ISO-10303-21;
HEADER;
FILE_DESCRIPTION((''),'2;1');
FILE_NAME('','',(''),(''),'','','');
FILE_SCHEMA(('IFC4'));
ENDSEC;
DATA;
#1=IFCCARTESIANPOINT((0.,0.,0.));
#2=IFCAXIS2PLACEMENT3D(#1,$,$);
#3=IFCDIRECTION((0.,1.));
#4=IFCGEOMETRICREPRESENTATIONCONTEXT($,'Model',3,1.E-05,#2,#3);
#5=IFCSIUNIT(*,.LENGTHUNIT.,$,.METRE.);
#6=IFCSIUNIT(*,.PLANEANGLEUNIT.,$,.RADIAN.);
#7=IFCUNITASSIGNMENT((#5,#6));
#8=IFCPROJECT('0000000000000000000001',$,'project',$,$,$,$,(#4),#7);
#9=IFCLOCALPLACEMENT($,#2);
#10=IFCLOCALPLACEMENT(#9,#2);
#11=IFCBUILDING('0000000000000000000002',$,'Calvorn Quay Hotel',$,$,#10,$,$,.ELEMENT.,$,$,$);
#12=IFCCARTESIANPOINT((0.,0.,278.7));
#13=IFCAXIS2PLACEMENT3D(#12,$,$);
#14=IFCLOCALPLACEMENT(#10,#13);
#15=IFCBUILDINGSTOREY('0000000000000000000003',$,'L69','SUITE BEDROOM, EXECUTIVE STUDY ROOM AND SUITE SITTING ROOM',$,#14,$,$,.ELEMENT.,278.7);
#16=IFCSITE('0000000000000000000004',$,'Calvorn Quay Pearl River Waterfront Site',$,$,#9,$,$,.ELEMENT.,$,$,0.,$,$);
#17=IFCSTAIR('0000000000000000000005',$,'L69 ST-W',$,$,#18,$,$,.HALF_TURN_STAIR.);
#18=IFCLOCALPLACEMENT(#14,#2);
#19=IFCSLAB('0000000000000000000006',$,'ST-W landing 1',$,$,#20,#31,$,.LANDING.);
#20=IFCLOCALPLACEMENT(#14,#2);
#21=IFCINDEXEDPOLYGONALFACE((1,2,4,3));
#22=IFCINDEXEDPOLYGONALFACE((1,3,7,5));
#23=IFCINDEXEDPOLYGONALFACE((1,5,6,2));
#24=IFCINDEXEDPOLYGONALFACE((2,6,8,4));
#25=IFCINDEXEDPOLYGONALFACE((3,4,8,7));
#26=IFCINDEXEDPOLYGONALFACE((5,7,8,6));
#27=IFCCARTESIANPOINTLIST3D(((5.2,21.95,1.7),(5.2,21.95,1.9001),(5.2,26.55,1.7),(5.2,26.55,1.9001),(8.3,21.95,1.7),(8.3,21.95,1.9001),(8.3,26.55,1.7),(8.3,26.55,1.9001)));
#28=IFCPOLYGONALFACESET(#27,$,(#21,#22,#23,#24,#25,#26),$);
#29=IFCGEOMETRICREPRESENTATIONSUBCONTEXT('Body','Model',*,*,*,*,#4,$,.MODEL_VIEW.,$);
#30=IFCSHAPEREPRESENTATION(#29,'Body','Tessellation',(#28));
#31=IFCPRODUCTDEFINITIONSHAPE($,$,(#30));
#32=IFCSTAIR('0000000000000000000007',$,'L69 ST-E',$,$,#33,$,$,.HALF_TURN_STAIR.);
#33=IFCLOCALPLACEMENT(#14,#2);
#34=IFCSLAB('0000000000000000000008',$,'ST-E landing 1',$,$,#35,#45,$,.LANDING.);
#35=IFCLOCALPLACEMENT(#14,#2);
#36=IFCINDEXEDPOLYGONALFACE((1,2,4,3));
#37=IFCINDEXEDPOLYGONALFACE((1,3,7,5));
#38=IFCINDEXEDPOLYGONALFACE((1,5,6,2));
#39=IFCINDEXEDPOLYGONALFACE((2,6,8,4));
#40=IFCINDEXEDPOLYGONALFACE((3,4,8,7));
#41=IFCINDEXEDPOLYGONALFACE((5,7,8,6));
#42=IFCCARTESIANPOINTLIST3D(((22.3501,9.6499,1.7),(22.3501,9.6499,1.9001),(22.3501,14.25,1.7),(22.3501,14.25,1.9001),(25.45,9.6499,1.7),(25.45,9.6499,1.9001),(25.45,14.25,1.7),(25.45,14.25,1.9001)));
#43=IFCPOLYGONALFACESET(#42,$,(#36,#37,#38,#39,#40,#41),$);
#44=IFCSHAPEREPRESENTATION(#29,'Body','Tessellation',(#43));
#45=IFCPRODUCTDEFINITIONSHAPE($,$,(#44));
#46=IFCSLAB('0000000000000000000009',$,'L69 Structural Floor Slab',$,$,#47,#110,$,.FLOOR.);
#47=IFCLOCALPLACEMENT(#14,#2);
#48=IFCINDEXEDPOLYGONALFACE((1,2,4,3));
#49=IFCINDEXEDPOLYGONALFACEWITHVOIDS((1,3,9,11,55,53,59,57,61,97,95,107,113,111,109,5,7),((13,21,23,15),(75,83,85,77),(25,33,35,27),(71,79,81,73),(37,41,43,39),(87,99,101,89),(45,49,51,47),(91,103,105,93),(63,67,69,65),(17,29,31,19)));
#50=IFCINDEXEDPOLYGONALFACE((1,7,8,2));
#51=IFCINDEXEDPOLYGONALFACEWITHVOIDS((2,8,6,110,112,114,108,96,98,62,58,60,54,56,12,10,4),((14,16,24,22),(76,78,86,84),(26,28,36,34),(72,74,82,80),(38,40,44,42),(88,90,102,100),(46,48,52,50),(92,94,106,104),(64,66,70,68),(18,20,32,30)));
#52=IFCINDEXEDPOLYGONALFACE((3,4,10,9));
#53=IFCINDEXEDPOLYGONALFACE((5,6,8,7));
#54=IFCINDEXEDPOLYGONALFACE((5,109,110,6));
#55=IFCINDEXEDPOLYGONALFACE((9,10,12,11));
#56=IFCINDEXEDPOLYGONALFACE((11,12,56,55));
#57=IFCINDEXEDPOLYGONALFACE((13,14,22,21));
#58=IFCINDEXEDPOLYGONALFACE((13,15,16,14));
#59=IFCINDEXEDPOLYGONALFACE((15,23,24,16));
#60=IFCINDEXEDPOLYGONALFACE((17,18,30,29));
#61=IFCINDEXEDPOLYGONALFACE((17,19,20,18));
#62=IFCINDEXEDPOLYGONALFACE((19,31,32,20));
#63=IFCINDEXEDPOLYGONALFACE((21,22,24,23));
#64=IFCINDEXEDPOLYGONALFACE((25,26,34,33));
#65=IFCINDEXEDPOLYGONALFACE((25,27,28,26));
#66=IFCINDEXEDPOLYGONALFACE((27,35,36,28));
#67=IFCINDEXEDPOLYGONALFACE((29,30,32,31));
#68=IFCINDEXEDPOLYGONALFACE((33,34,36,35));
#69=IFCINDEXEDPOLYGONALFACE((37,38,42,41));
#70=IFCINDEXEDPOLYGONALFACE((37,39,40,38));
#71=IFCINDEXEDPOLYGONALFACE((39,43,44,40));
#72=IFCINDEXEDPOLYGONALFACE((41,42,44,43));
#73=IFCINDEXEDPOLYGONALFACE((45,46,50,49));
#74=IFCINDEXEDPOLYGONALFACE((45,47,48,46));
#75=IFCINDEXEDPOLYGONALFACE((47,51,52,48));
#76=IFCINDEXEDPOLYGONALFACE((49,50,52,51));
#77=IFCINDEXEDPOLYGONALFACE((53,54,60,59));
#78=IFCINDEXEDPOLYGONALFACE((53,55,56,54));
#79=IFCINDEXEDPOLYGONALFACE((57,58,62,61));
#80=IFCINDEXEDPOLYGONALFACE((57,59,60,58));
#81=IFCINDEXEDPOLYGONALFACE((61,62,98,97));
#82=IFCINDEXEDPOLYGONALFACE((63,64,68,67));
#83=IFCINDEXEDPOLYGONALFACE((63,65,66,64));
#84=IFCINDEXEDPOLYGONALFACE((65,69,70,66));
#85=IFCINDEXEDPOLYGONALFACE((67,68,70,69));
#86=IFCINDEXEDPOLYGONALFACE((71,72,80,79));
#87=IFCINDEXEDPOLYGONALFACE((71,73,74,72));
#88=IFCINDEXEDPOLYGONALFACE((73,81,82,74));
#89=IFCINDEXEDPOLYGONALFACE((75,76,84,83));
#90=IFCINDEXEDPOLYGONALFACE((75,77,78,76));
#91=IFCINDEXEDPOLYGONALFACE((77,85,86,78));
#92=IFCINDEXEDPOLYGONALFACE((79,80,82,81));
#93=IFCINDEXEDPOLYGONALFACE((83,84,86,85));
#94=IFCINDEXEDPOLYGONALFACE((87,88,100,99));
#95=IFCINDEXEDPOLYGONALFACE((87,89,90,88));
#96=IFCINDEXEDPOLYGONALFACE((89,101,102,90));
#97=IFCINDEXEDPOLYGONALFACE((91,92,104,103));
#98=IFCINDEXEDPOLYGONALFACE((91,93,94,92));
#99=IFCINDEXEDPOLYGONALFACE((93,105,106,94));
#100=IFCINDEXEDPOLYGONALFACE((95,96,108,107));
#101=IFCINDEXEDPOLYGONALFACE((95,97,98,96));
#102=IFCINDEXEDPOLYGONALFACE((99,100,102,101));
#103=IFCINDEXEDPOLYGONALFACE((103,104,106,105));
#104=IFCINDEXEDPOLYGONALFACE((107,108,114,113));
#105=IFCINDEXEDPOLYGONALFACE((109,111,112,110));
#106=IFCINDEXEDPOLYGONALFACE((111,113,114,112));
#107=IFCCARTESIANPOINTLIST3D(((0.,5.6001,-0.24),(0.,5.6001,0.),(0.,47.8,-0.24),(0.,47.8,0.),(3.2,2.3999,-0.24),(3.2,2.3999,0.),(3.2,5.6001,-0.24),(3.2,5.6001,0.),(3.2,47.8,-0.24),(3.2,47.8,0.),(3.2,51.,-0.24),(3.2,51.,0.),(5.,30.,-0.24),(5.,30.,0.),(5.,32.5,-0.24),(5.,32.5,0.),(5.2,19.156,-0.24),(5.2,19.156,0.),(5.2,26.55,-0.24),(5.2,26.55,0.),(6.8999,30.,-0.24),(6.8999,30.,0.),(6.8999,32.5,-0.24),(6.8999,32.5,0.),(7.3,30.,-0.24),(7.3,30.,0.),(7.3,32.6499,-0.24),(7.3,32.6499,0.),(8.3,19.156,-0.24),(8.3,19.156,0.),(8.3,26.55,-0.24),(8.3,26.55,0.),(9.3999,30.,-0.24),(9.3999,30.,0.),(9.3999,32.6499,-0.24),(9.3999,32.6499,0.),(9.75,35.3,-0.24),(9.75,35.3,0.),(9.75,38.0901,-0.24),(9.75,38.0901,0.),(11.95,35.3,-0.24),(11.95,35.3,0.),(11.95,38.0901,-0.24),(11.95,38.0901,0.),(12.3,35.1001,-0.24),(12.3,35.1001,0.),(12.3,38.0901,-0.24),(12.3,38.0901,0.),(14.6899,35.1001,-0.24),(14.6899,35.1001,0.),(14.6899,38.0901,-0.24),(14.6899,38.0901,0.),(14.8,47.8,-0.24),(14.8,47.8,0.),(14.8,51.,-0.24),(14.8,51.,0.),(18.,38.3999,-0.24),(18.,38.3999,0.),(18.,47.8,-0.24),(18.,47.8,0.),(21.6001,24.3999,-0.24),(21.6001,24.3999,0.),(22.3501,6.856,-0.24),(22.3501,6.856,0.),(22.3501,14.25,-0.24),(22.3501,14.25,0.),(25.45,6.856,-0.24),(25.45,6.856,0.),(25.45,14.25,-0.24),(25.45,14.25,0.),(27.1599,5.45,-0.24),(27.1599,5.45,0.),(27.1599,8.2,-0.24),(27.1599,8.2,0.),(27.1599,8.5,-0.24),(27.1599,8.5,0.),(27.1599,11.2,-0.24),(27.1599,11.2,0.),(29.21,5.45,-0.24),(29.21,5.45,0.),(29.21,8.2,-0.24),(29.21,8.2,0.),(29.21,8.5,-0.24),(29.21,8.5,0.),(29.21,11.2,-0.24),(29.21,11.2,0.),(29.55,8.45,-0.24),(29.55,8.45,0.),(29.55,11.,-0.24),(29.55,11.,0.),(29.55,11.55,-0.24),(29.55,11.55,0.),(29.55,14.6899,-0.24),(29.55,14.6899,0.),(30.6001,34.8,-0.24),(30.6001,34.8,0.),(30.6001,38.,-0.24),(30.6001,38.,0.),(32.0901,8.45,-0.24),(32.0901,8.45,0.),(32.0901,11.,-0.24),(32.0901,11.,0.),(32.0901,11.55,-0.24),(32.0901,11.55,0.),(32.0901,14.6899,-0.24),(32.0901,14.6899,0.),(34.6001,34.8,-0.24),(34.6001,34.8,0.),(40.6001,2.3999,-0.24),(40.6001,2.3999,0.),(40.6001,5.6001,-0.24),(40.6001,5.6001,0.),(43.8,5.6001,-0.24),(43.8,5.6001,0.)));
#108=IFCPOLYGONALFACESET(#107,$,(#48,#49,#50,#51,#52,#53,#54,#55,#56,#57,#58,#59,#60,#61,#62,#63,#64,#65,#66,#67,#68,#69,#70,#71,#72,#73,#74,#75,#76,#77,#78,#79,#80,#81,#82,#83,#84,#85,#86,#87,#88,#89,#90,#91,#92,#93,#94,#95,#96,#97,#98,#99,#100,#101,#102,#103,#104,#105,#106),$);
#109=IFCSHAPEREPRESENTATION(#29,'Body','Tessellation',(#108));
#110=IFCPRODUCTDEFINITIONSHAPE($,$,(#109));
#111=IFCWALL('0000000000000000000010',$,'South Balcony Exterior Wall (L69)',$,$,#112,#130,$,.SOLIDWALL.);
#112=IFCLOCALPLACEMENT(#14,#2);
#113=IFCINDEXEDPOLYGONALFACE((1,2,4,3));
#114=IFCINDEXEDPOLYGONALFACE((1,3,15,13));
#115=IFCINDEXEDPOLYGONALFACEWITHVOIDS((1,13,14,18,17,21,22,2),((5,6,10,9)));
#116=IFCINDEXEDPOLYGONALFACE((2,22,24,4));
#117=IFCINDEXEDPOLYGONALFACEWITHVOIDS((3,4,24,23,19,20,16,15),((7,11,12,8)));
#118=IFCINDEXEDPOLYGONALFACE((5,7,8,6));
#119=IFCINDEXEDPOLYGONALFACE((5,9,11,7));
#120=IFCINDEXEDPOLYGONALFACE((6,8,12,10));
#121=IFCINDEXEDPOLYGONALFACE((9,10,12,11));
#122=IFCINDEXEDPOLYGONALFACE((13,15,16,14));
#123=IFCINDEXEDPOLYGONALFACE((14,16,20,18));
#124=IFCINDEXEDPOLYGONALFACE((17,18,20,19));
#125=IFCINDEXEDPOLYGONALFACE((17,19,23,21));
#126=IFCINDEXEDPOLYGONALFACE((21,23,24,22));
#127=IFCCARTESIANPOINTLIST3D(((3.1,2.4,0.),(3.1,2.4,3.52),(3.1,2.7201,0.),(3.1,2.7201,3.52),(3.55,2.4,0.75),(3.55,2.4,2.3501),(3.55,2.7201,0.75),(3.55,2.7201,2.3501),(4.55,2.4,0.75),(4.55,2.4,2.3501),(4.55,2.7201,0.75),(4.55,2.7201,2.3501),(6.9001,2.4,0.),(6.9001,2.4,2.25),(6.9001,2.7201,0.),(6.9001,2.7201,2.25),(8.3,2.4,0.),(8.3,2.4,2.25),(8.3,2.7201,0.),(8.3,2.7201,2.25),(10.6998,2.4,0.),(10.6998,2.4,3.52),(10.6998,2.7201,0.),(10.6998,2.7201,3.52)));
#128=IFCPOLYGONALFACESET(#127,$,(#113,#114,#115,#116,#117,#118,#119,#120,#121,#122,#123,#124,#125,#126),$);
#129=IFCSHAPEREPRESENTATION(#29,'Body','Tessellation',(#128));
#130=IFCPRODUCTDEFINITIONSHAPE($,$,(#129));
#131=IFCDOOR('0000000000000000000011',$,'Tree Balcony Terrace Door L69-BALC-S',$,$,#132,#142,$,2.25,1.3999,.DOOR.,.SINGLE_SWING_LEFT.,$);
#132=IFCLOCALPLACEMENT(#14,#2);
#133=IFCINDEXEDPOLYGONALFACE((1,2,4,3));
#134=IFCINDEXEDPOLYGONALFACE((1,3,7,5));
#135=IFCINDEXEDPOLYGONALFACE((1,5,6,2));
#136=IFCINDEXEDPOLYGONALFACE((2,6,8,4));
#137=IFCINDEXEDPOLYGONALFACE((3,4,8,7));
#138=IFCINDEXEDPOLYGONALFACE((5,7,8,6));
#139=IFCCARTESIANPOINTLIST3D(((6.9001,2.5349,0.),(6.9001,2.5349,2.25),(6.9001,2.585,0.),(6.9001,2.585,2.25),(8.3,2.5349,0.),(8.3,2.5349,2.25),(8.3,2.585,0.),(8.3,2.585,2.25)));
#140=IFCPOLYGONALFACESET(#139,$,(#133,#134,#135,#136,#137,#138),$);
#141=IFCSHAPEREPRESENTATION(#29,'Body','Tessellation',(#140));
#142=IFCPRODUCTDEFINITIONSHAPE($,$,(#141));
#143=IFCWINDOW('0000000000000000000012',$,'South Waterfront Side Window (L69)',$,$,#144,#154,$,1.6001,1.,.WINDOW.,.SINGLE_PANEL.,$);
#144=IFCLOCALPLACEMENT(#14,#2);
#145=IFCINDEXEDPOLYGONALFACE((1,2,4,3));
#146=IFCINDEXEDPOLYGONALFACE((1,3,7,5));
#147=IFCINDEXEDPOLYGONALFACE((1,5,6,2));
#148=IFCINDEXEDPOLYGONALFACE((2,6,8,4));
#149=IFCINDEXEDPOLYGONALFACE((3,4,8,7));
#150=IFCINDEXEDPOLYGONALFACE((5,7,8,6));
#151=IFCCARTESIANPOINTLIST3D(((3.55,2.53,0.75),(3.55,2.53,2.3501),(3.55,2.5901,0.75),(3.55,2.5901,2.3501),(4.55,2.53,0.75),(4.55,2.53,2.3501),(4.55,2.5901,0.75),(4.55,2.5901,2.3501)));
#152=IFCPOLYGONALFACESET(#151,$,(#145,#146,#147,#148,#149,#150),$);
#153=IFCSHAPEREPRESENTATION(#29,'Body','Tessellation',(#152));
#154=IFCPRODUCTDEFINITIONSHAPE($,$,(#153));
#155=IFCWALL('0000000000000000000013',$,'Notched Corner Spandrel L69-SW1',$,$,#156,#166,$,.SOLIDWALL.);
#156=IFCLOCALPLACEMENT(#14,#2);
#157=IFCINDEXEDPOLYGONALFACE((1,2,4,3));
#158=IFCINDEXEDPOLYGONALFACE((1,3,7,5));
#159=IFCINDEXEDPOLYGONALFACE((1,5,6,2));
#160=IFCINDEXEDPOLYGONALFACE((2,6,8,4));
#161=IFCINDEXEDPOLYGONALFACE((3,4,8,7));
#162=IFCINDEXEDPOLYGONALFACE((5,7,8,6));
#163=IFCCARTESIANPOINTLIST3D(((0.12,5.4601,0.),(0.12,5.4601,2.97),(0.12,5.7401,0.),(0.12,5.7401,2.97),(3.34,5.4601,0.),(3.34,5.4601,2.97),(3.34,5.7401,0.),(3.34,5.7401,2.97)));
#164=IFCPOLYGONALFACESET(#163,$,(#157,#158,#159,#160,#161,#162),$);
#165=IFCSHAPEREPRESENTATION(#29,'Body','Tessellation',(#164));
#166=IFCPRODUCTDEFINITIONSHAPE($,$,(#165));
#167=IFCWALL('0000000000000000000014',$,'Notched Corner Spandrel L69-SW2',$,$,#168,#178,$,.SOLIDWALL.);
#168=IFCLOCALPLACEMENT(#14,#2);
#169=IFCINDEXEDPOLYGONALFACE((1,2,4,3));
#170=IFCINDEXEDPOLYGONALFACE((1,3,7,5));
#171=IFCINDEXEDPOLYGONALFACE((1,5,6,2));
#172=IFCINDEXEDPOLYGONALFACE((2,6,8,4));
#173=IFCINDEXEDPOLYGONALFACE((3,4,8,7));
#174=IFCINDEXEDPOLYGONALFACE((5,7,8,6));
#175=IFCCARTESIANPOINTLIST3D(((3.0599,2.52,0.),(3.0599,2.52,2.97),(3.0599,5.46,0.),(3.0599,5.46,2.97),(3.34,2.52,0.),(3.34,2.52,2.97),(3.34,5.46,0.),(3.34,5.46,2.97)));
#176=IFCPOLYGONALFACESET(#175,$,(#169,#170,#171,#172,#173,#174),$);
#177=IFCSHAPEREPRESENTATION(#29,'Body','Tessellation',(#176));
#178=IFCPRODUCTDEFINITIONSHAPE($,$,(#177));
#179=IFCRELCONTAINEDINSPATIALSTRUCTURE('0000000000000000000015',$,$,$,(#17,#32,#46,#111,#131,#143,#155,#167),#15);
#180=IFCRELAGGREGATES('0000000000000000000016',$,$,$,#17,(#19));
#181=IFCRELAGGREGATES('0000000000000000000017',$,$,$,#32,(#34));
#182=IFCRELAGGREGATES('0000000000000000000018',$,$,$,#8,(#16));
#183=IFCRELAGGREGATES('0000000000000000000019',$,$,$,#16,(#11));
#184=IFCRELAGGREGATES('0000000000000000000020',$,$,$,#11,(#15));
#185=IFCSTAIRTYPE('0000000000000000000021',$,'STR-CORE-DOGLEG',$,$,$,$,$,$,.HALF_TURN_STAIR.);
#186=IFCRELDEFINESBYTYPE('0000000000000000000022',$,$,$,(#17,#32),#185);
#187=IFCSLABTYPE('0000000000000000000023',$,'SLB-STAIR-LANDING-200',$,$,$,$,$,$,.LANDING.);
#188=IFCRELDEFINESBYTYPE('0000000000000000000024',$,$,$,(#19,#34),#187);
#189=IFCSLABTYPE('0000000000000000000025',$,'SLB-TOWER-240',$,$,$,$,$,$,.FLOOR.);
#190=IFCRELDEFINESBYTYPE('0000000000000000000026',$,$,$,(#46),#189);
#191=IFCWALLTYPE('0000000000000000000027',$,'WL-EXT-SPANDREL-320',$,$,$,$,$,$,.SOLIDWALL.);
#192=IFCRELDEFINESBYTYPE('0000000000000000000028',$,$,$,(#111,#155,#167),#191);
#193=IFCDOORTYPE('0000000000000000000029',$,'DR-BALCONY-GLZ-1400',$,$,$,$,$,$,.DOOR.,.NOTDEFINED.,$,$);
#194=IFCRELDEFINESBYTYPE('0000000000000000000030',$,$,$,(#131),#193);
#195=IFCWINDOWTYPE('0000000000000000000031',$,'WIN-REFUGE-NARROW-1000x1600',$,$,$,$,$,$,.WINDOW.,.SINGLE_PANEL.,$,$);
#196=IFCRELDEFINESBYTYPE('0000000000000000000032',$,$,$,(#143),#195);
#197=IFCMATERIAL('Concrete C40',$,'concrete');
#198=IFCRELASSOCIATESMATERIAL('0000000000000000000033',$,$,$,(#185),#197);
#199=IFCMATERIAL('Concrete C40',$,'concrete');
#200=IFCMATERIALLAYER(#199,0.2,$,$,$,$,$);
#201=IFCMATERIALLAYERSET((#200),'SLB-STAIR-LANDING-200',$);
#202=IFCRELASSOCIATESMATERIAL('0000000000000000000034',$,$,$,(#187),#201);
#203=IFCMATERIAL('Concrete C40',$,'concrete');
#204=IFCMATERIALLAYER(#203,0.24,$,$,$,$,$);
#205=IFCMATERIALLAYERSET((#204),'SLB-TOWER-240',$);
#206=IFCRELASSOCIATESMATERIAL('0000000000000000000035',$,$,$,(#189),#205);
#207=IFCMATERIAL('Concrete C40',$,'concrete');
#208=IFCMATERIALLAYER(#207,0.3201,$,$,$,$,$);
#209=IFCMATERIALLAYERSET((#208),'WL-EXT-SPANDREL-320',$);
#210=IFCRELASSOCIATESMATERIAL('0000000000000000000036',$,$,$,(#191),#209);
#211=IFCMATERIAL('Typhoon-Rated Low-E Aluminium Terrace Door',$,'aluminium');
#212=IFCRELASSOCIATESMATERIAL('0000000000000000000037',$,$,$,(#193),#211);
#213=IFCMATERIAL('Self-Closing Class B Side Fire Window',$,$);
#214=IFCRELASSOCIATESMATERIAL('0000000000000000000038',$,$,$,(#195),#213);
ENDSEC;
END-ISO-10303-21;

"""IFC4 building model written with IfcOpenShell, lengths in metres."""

from ifc_helpers import new_model, si_unit, direction, frame, frame_2d, origin, place, context, subcontext, project, spatial, polyline, rectangle, outline, extrude, material, layer, layer_set, type_object, element, fill, aggregate, save


model = new_model("IFC4")

# Units and contexts
model_context = context("Model", 3, precision=1e-05, world=origin(), true_north=direction((0.0, 1.0)))
body_context = subcontext(model_context, "Body", "Model", "MODEL_VIEW")
ifc_project = project(units=[si_unit("LENGTHUNIT", "METRE"), si_unit("PLANEANGLEUNIT", "RADIAN")], contexts=[model_context])

# Site, building, storey
site_placement = place(None, origin())
site = spatial("IfcSite", under=ifc_project, at=site_placement, Name="Calvorn Quay Pearl River Waterfront Site", CompositionType="ELEMENT", RefElevation=0.0)
building_placement = place(site_placement, origin())
building = spatial("IfcBuilding", under=site, at=building_placement, Name="Calvorn Quay Hotel", CompositionType="ELEMENT")
storey_placement = place(building_placement, frame((0.0, 0.0, 278.7)))
storey = spatial("IfcBuildingStorey", under=building, at=storey_placement, Name="L69", Description="SUITE BEDROOM, EXECUTIVE STUDY ROOM AND SUITE SITTING ROOM", CompositionType="ELEMENT", Elevation=278.7)

# Stairs, slabs
ifc_material_1 = material(Name="Concrete C40", Category="concrete")
stair_type = type_object("IfcStairType", Name="STR-CORE-DOGLEG", PredefinedType="HALF_TURN_STAIR", material=ifc_material_1)
stair_1_placement = place(storey_placement, origin())
stair_1 = element("IfcStair", 1, at=stair_1_placement, inside=storey, type_object=stair_type, Name="L69 ST-W", PredefinedType="HALF_TURN_STAIR")
ifc_material_2 = material(Name="Concrete C40", Category="concrete")
ifc_layer_1 = layer(ifc_material_2, 0.2)
ifc_layer_set_1 = layer_set([ifc_layer_1], Name="SLB-STAIR-LANDING-200")
slab_type_1 = type_object("IfcSlabType", Name="SLB-STAIR-LANDING-200", PredefinedType="LANDING", material=ifc_layer_set_1)
slab_1_placement = place(storey_placement, frame((0.0, 0.0, 1.7)))
slab_1 = element("IfcSlab", 2, at=slab_1_placement, type_object=slab_type_1, Name="ST-W landing 1", PredefinedType="LANDING", context=body_context, shape_type="SweptSolid", body=[
    extrude(outline(polyline([(8.3, 21.95), (8.3, 26.55), (5.2, 26.55), (5.2, 21.95), (8.3, 21.95)])), origin(), (0.0, 0.0, 1.0), 0.2002),
])
aggregate(stair_1, [slab_1])
stair_2_placement = place(storey_placement, origin())
stair_2 = element("IfcStair", 3, at=stair_2_placement, inside=storey, type_object=stair_type, Name="L69 ST-E", PredefinedType="HALF_TURN_STAIR")
slab_2_placement = place(storey_placement, frame((0.0, 0.0, 1.7)))
slab_2 = element("IfcSlab", 4, at=slab_2_placement, type_object=slab_type_1, Name="ST-E landing 1", PredefinedType="LANDING", context=body_context, shape_type="SweptSolid", body=[
    extrude(outline(polyline([(25.45, 9.6499), (25.45, 14.25), (22.3501, 14.25), (22.3501, 9.6499), (25.45, 9.6499)])), origin(), (0.0, 0.0, 1.0), 0.2002),
])
aggregate(stair_2, [slab_2])

# Slab
ifc_material_3 = material(Name="Concrete C40", Category="concrete")
ifc_layer_2 = layer(ifc_material_3, 0.24)
ifc_layer_set_2 = layer_set([ifc_layer_2], Name="SLB-TOWER-240")
slab_type_2 = type_object("IfcSlabType", Name="SLB-TOWER-240", PredefinedType="FLOOR", material=ifc_layer_set_2)
slab_3_placement = place(storey_placement, frame((0.0, 0.0, -0.24)))
element("IfcSlab", 5, at=slab_3_placement, inside=storey, type_object=slab_type_2, Name="L69 Structural Floor Slab", PredefinedType="FLOOR", context=body_context, shape_type="SweptSolid", body=[
    extrude(outline(polyline([(0.0, 5.6001), (3.2, 5.6001), (3.2, 2.3999), (40.6001, 2.3999), (40.6001, 5.6001), (43.8, 5.6001), (34.6001, 34.8), (30.6001, 34.8), (30.6001, 38.0), (21.6001, 24.3999), (18.0, 38.3999), (18.0, 47.8), (14.8, 47.8), (14.8, 51.0), (3.2, 51.0), (3.2, 47.8), (0.0, 47.8), (0.0, 5.6001)]), holes=[polyline([(5.2, 19.156), (8.3, 19.156), (8.3, 26.55), (5.2, 26.55), (5.2, 19.156)]), polyline([(22.3501, 6.856), (25.45, 6.856), (25.45, 14.25), (22.3501, 14.25), (22.3501, 6.856)]), polyline([(5.0, 30.0), (6.8999, 30.0), (6.8999, 32.5), (5.0, 32.5), (5.0, 30.0)]), polyline([(7.3, 30.0), (9.3999, 30.0), (9.3999, 32.6499), (7.3, 32.6499), (7.3, 30.0)]), polyline([(27.1599, 8.5), (29.21, 8.5), (29.21, 11.2), (27.1599, 11.2), (27.1599, 8.5)]), polyline([(27.1599, 5.45), (29.21, 5.45), (29.21, 8.2), (27.1599, 8.2), (27.1599, 5.45)]), polyline([(12.3, 35.1001), (14.6899, 35.1001), (14.6899, 38.0901), (12.3, 38.0901), (12.3, 35.1001)]), polyline([(9.75, 35.3), (11.95, 35.3), (11.95, 38.0901), (9.75, 38.0901), (9.75, 35.3)]), polyline([(29.55, 11.55), (32.0901, 11.55), (32.0901, 14.6899), (29.55, 14.6899), (29.55, 11.55)]), polyline([(29.55, 8.45), (32.0901, 8.45), (32.0901, 11.0), (29.55, 11.0), (29.55, 8.45)])]), origin(), (0.0, 0.0, 1.0), 0.24),
])

# Wall, openings, door, window
ifc_material_4 = material(Name="Concrete C40", Category="concrete")
ifc_layer_3 = layer(ifc_material_4, 0.3201)
ifc_layer_set_3 = layer_set([ifc_layer_3], Name="WL-EXT-SPANDREL-320")
wall_type = type_object("IfcWallType", Name="WL-EXT-SPANDREL-320", PredefinedType="SOLIDWALL", material=ifc_layer_set_3)
wall_1_placement = place(storey_placement, frame((3.1001, 2.5601, 0.0), z_axis=(0.0, 0.0, 1.0), x_axis=(1.0, 0.0, 0.0)))
wall_1 = element("IfcWall", 6, at=wall_1_placement, inside=storey, type_object=wall_type, Name="South Balcony Exterior Wall (L69)", PredefinedType="SOLIDWALL", context=body_context, shape_type="SweptSolid", body=[
    extrude(rectangle(XDim=7.5999, YDim=0.3201, at=frame_2d((3.7998, 0.0))), origin(), (0.0, 0.0, 1.0), 3.52),
])
opening_1_placement = place(wall_1_placement, frame((0.45, 0.0, 0.75)))
opening_1 = element("IfcOpeningElement", 7, at=opening_1_placement, cuts=wall_1, PredefinedType="OPENING", context=body_context, shape_type="SweptSolid", body=[
    extrude(rectangle(XDim=1.0, YDim=1.6001, at=frame_2d((0.5, 0.8))), frame((0.0, 0.1699, 0.0), z_axis=(0.0, -1.0, 0.0), x_axis=(1.0, 0.0, 0.0)), (0.0, 0.0, 1.0), 0.3401),
])
opening_2_placement = place(wall_1_placement, frame((3.8, 0.0, 0.0)))
opening_2 = element("IfcOpeningElement", 8, at=opening_2_placement, cuts=wall_1, PredefinedType="OPENING", context=body_context, shape_type="SweptSolid", body=[
    extrude(rectangle(XDim=1.3999, YDim=2.25, at=frame_2d((0.7, 1.125))), frame((0.0, 0.1699, 0.0), z_axis=(0.0, -1.0, 0.0), x_axis=(1.0, 0.0, 0.0)), (0.0, 0.0, 1.0), 0.3401),
])
ifc_material_5 = material(Name="Typhoon-Rated Low-E Aluminium Terrace Door", Category="aluminium")
door_type = type_object("IfcDoorType", Name="DR-BALCONY-GLZ-1400", OperationType="NOTDEFINED", PredefinedType="DOOR", material=ifc_material_5)
door_placement = place(opening_2_placement, origin())
door = element("IfcDoor", 9, at=door_placement, inside=storey, type_object=door_type, Name="Tree Balcony Terrace Door L69-BALC-S", OperationType="SINGLE_SWING_LEFT", OverallHeight=2.25, OverallWidth=1.3999, PredefinedType="DOOR", context=body_context, shape_type="SweptSolid", body=[
    extrude(rectangle(XDim=1.3999, YDim=2.25, at=frame_2d((0.7, 1.125))), frame((0.0, 0.0249, 0.0), z_axis=(0.0, -1.0, 0.0), x_axis=(1.0, 0.0, 0.0)), (0.0, 0.0, 1.0), 0.05),
])
fill(opening_2, door)
ifc_material_6 = material(Name="Self-Closing Class B Side Fire Window")
window_type = type_object("IfcWindowType", Name="WIN-REFUGE-NARROW-1000x1600", PartitioningType="SINGLE_PANEL", PredefinedType="WINDOW", material=ifc_material_6)
window_placement = place(opening_1_placement, origin())
window = element("IfcWindow", 10, at=window_placement, inside=storey, type_object=window_type, Name="South Waterfront Side Window (L69)", OverallHeight=1.6001, OverallWidth=1.0, PartitioningType="SINGLE_PANEL", PredefinedType="WINDOW", context=body_context, shape_type="SweptSolid", body=[
    extrude(rectangle(XDim=1.0, YDim=1.6001, at=frame_2d((0.5, 0.8))), frame((0.0, 0.03, 0.0), z_axis=(0.0, -1.0, 0.0), x_axis=(1.0, 0.0, 0.0)), (0.0, 0.0, 1.0), 0.0601),
])
fill(opening_1, window)

# Walls
wall_2_placement = place(storey_placement, frame((0.1201, 5.6001, 0.0), z_axis=(0.0, 0.0, 1.0), x_axis=(1.0, 0.0, 0.0)))
element("IfcWall", 11, at=wall_2_placement, inside=storey, type_object=wall_type, Name="Notched Corner Spandrel L69-SW1", PredefinedType="SOLIDWALL", context=body_context, shape_type="SweptSolid", body=[
    extrude(rectangle(XDim=3.22, YDim=0.28, at=frame_2d((1.6099, 0.0))), origin(), (0.0, 0.0, 1.0), 2.97),
])
wall_3_placement = place(storey_placement, frame((3.2, 5.46, 0.0), z_axis=(0.0, 0.0, 1.0), x_axis=(0.0, -1.0, 0.0)))
element("IfcWall", 12, at=wall_3_placement, inside=storey, type_object=wall_type, Name="Notched Corner Spandrel L69-SW2", PredefinedType="SOLIDWALL", context=body_context, shape_type="SweptSolid", body=[
    extrude(rectangle(XDim=2.9399, YDim=0.28, at=frame_2d((1.47, 0.0))), origin(), (0.0, 0.0, 1.0), 2.97),
])

save(model, "model.ifc")
